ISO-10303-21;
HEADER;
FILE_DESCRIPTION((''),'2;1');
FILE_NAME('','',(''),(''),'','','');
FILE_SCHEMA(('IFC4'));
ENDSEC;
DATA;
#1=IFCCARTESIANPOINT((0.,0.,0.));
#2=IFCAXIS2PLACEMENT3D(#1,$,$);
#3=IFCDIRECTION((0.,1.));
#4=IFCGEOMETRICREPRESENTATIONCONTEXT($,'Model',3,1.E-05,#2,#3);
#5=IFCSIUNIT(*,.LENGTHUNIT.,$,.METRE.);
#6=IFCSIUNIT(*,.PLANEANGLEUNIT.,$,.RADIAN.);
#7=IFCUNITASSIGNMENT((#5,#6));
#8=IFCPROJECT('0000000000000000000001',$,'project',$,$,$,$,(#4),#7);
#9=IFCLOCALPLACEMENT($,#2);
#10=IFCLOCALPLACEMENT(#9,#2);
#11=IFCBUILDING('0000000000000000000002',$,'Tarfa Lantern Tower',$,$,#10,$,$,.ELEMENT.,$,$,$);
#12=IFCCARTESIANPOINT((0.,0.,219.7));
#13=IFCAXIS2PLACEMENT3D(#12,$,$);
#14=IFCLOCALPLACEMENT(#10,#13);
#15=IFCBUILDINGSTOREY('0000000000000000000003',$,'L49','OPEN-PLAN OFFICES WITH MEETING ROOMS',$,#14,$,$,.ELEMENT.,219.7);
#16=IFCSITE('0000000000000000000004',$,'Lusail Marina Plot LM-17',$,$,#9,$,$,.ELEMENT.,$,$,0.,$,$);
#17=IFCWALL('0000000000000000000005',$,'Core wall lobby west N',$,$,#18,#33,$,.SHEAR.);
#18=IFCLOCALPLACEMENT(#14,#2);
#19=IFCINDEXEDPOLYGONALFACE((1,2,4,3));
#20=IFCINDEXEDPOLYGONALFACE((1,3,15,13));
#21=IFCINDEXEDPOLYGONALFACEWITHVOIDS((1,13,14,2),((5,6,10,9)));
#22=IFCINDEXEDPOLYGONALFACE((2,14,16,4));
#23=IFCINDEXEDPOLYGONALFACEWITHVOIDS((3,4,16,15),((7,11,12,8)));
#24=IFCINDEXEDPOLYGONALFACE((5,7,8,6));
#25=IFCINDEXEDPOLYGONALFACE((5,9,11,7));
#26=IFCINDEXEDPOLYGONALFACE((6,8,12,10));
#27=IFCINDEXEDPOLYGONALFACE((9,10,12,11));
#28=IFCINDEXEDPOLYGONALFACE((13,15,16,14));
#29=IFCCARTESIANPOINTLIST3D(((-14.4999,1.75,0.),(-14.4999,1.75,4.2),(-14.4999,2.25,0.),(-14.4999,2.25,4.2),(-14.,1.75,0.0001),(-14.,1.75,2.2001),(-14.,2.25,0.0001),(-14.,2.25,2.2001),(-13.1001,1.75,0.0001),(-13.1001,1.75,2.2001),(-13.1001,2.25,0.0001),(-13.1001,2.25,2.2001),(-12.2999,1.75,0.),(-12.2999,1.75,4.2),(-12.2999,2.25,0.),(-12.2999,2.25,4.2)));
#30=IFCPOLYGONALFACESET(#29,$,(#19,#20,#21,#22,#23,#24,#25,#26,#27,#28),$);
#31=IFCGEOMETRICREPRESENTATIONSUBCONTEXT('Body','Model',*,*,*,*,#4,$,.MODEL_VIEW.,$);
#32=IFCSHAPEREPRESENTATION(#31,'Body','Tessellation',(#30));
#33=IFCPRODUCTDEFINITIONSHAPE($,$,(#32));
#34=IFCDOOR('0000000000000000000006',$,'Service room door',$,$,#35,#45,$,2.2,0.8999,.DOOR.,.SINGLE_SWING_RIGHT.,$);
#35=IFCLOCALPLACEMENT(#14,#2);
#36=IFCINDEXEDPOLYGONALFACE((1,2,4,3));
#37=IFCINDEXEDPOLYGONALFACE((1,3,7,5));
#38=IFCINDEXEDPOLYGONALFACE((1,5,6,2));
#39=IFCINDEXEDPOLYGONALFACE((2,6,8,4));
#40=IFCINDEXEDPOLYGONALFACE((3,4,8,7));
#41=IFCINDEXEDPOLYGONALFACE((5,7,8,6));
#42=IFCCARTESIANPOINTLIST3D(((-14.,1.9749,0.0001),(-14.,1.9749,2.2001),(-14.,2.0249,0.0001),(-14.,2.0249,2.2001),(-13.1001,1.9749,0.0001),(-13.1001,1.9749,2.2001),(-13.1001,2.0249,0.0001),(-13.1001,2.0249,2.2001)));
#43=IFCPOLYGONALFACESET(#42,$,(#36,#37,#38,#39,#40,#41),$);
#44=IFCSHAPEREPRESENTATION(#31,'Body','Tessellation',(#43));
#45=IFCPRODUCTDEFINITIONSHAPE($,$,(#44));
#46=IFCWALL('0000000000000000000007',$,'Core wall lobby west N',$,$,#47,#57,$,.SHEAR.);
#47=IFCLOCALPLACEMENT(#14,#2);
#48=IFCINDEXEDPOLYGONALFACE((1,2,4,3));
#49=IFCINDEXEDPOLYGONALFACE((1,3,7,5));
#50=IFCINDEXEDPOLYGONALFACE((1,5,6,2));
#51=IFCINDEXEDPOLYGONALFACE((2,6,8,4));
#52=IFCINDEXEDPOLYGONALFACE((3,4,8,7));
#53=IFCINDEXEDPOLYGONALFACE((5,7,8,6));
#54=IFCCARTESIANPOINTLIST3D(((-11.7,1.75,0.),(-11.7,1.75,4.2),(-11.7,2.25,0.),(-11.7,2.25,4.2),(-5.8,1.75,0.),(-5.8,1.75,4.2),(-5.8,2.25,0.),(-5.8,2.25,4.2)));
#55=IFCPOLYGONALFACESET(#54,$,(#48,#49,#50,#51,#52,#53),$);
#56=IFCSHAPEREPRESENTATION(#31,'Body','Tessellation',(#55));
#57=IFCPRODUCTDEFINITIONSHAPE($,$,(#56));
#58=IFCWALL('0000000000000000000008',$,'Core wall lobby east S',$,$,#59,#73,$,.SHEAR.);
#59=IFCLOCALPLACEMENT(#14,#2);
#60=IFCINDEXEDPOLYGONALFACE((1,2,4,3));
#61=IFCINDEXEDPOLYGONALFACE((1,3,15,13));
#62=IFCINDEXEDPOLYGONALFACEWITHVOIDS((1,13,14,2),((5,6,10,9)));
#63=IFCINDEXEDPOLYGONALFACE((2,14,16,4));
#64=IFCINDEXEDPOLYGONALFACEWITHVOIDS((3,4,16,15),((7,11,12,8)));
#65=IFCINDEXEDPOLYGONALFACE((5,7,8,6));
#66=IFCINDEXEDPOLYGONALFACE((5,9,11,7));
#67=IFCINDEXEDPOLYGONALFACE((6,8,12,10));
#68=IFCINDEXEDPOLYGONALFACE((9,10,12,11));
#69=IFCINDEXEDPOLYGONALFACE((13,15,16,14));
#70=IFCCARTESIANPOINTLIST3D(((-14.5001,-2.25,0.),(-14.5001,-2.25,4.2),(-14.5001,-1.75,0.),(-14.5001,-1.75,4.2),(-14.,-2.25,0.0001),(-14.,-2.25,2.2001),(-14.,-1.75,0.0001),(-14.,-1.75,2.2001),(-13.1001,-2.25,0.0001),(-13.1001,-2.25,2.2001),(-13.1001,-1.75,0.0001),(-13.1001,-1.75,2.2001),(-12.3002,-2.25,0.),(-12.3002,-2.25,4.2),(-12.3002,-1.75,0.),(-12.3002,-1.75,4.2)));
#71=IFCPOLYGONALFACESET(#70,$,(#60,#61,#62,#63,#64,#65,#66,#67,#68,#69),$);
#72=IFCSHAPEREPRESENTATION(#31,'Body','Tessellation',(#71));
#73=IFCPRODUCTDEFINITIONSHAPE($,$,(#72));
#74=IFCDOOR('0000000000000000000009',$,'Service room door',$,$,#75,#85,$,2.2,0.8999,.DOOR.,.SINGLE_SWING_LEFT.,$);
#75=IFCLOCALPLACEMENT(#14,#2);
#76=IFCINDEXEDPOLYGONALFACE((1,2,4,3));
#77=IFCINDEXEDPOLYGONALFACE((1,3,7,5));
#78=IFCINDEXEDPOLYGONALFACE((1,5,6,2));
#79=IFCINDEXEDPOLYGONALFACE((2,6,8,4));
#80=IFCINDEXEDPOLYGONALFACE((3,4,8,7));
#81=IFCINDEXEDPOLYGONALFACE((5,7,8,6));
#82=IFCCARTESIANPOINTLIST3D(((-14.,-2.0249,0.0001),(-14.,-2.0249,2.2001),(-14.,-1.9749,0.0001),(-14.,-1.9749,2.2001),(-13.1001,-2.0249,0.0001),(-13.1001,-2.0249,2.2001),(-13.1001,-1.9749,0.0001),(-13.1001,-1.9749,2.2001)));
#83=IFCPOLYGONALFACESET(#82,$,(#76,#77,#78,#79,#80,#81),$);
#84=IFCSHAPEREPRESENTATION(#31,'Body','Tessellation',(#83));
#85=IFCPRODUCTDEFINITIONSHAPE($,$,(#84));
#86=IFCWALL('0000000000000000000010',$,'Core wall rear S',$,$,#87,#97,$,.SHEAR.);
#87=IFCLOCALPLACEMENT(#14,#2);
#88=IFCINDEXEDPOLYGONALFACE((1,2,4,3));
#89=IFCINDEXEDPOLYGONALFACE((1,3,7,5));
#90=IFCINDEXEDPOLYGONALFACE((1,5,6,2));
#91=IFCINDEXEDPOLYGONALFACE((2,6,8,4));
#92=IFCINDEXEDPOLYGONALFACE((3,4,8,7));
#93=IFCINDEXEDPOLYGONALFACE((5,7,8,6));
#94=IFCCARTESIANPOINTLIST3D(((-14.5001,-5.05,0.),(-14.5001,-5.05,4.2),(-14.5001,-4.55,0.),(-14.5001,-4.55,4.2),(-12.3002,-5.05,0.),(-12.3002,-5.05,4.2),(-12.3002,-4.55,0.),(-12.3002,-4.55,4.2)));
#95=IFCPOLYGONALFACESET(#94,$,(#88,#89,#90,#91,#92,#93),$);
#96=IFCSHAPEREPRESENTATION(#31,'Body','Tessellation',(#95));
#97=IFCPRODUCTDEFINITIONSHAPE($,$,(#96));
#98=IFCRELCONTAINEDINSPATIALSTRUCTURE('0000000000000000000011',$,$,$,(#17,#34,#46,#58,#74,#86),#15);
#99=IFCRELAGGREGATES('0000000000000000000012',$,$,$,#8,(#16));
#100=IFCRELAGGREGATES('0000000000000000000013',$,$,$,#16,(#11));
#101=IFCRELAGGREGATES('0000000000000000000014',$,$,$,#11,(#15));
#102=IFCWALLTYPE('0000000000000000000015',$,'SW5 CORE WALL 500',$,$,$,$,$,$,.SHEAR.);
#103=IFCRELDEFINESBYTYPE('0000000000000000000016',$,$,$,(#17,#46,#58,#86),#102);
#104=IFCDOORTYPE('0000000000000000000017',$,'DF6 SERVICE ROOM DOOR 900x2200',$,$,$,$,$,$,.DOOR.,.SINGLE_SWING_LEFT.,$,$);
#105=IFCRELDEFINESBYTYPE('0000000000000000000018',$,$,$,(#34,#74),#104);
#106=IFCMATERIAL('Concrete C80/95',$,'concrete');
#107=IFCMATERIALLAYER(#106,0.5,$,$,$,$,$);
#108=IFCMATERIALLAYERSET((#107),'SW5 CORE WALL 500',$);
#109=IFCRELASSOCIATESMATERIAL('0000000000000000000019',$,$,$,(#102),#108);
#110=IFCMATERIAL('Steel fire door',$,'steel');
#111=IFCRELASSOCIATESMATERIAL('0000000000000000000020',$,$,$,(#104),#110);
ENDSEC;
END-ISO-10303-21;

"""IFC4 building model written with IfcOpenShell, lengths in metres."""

from ifc_helpers import new_model, si_unit, direction, frame, frame_2d, origin, place, context, subcontext, project, spatial, rectangle, extrude, material, layer, layer_set, type_object, element, fill, save


model = new_model("IFC4")

# Units and contexts
model_context = context("Model", 3, precision=1e-05, world=origin(), true_north=direction((0.0, 1.0)))
body_context = subcontext(model_context, "Body", "Model", "MODEL_VIEW")
ifc_project = project(units=[si_unit("LENGTHUNIT", "METRE"), si_unit("PLANEANGLEUNIT", "RADIAN")], contexts=[model_context])

# Site, building, storey
site_placement = place(None, origin())
site = spatial("IfcSite", under=ifc_project, at=site_placement, Name="Lusail Marina Plot LM-17", CompositionType="ELEMENT", RefElevation=0.0)
building_placement = place(site_placement, origin())
building = spatial("IfcBuilding", under=site, at=building_placement, Name="Tarfa Lantern Tower", CompositionType="ELEMENT")
storey_placement = place(building_placement, frame((0.0, 0.0, 219.7)))
storey = spatial("IfcBuildingStorey", under=building, at=storey_placement, Name="L49", Description="OPEN-PLAN OFFICES WITH MEETING ROOMS", CompositionType="ELEMENT", Elevation=219.7)

# Shared definitions
ifc_material_1 = material(Name="Concrete C80/95", Category="concrete")

# Wall, opening, door
ifc_layer_1 = layer(ifc_material_1, 0.5)
ifc_layer_set_1 = layer_set([ifc_layer_1], Name="SW5 CORE WALL 500")
wall_type_1 = type_object("IfcWallType", Name="SW5 CORE WALL 500", PredefinedType="SHEAR", material=ifc_layer_set_1)
wall_1_placement = place(storey_placement, frame((-14.5, 2.0, 0.0), z_axis=(0.0, 0.0, 1.0), x_axis=(1.0, 0.0, 0.0)))
wall_1 = element("IfcWall", 1, at=wall_1_placement, inside=storey, type_object=wall_type_1, Name="Core wall lobby west N", PredefinedType="SHEAR", context=body_context, shape_type="SweptSolid", body=[
    extrude(rectangle(XDim=2.2, YDim=0.5, at=frame_2d((1.1001, 0.0))), origin(), (0.0, 0.0, 1.0), 4.2),
])
opening_1_placement = place(wall_1_placement, frame((0.5, 0.0, 0.0)))
opening_1 = element("IfcOpeningElement", 2, at=opening_1_placement, cuts=wall_1, PredefinedType="OPENING", context=body_context, shape_type="SweptSolid", body=[
    extrude(rectangle(XDim=0.8999, YDim=2.2, at=frame_2d((0.45, 1.1001))), frame((0.0, 0.26, 0.0), z_axis=(0.0, -1.0, 0.0), x_axis=(1.0, 0.0, 0.0)), (0.0, 0.0, 1.0), 0.52),
])
ifc_material_2 = material(Name="Steel fire door", Category="steel")
door_type_1 = type_object("IfcDoorType", Name="DF6 SERVICE ROOM DOOR 900x2200", OperationType="SINGLE_SWING_LEFT", PredefinedType="DOOR", material=ifc_material_2)
door_1_placement = place(opening_1_placement, origin())
door_1 = element("IfcDoor", 3, at=door_1_placement, inside=storey, type_object=door_type_1, Name="Service room door", OperationType="SINGLE_SWING_RIGHT", OverallHeight=2.2, OverallWidth=0.8999, PredefinedType="DOOR", context=body_context, shape_type="SweptSolid", body=[
    extrude(rectangle(XDim=0.8999, YDim=2.2, at=frame_2d((0.45, 1.1001))), frame((0.0, 0.0249, 0.0), z_axis=(0.0, -1.0, 0.0), x_axis=(1.0, 0.0, 0.0)), (0.0, 0.0, 1.0), 0.05),
])
fill(opening_1, door_1)

# Wall
wall_2_placement = place(storey_placement, frame((-11.7, 2.0, 0.0), z_axis=(0.0, 0.0, 1.0), x_axis=(1.0, 0.0, 0.0)))
element("IfcWall", 4, at=wall_2_placement, inside=storey, type_object=wall_type_1, Name="Core wall lobby west N", PredefinedType="SHEAR", context=body_context, shape_type="SweptSolid", body=[
    extrude(rectangle(XDim=5.8999, YDim=0.5, at=frame_2d((2.95, 0.0))), origin(), (0.0, 0.0, 1.0), 4.2),
])

# Wall, opening, door
wall_3_placement = place(storey_placement, frame((-12.3, -2.0, 0.0), z_axis=(0.0, 0.0, 1.0), x_axis=(-1.0, 0.0, 0.0)))
wall_3 = element("IfcWall", 5, at=wall_3_placement, inside=storey, type_object=wall_type_1, Name="Core wall lobby east S", PredefinedType="SHEAR", context=body_context, shape_type="SweptSolid", body=[
    extrude(rectangle(XDim=2.2, YDim=0.5, at=frame_2d((1.1001, 0.0))), origin(), (0.0, 0.0, 1.0), 4.2),
])
opening_2_placement = place(wall_3_placement, frame((0.8, 0.0, 0.0)))
opening_2 = element("IfcOpeningElement", 6, at=opening_2_placement, cuts=wall_3, PredefinedType="OPENING", context=body_context, shape_type="SweptSolid", body=[
    extrude(rectangle(XDim=0.8999, YDim=2.2, at=frame_2d((0.45, 1.1001))), frame((0.0, 0.26, 0.0), z_axis=(0.0, -1.0, 0.0), x_axis=(1.0, 0.0, 0.0)), (0.0, 0.0, 1.0), 0.52),
])
door_2_placement = place(opening_2_placement, origin())
door_2 = element("IfcDoor", 7, at=door_2_placement, inside=storey, type_object=door_type_1, Name="Service room door", OperationType="SINGLE_SWING_LEFT", OverallHeight=2.2, OverallWidth=0.8999, PredefinedType="DOOR", context=body_context, shape_type="SweptSolid", body=[
    extrude(rectangle(XDim=0.8999, YDim=2.2, at=frame_2d((0.45, 1.1001))), frame((0.0, 0.0249, 0.0), z_axis=(0.0, -1.0, 0.0), x_axis=(1.0, 0.0, 0.0)), (0.0, 0.0, 1.0), 0.05),
])
fill(opening_2, door_2)

# Wall
wall_4_placement = place(storey_placement, frame((-12.3, -4.8, 0.0), z_axis=(0.0, 0.0, 1.0), x_axis=(-1.0, 0.0, 0.0)))
element("IfcWall", 8, at=wall_4_placement, inside=storey, type_object=wall_type_1, Name="Core wall rear S", PredefinedType="SHEAR", context=body_context, shape_type="SweptSolid", body=[
    extrude(rectangle(XDim=2.2, YDim=0.5, at=frame_2d((1.1001, 0.0))), origin(), (0.0, 0.0, 1.0), 4.2),
])

save(model, "model.ifc")
